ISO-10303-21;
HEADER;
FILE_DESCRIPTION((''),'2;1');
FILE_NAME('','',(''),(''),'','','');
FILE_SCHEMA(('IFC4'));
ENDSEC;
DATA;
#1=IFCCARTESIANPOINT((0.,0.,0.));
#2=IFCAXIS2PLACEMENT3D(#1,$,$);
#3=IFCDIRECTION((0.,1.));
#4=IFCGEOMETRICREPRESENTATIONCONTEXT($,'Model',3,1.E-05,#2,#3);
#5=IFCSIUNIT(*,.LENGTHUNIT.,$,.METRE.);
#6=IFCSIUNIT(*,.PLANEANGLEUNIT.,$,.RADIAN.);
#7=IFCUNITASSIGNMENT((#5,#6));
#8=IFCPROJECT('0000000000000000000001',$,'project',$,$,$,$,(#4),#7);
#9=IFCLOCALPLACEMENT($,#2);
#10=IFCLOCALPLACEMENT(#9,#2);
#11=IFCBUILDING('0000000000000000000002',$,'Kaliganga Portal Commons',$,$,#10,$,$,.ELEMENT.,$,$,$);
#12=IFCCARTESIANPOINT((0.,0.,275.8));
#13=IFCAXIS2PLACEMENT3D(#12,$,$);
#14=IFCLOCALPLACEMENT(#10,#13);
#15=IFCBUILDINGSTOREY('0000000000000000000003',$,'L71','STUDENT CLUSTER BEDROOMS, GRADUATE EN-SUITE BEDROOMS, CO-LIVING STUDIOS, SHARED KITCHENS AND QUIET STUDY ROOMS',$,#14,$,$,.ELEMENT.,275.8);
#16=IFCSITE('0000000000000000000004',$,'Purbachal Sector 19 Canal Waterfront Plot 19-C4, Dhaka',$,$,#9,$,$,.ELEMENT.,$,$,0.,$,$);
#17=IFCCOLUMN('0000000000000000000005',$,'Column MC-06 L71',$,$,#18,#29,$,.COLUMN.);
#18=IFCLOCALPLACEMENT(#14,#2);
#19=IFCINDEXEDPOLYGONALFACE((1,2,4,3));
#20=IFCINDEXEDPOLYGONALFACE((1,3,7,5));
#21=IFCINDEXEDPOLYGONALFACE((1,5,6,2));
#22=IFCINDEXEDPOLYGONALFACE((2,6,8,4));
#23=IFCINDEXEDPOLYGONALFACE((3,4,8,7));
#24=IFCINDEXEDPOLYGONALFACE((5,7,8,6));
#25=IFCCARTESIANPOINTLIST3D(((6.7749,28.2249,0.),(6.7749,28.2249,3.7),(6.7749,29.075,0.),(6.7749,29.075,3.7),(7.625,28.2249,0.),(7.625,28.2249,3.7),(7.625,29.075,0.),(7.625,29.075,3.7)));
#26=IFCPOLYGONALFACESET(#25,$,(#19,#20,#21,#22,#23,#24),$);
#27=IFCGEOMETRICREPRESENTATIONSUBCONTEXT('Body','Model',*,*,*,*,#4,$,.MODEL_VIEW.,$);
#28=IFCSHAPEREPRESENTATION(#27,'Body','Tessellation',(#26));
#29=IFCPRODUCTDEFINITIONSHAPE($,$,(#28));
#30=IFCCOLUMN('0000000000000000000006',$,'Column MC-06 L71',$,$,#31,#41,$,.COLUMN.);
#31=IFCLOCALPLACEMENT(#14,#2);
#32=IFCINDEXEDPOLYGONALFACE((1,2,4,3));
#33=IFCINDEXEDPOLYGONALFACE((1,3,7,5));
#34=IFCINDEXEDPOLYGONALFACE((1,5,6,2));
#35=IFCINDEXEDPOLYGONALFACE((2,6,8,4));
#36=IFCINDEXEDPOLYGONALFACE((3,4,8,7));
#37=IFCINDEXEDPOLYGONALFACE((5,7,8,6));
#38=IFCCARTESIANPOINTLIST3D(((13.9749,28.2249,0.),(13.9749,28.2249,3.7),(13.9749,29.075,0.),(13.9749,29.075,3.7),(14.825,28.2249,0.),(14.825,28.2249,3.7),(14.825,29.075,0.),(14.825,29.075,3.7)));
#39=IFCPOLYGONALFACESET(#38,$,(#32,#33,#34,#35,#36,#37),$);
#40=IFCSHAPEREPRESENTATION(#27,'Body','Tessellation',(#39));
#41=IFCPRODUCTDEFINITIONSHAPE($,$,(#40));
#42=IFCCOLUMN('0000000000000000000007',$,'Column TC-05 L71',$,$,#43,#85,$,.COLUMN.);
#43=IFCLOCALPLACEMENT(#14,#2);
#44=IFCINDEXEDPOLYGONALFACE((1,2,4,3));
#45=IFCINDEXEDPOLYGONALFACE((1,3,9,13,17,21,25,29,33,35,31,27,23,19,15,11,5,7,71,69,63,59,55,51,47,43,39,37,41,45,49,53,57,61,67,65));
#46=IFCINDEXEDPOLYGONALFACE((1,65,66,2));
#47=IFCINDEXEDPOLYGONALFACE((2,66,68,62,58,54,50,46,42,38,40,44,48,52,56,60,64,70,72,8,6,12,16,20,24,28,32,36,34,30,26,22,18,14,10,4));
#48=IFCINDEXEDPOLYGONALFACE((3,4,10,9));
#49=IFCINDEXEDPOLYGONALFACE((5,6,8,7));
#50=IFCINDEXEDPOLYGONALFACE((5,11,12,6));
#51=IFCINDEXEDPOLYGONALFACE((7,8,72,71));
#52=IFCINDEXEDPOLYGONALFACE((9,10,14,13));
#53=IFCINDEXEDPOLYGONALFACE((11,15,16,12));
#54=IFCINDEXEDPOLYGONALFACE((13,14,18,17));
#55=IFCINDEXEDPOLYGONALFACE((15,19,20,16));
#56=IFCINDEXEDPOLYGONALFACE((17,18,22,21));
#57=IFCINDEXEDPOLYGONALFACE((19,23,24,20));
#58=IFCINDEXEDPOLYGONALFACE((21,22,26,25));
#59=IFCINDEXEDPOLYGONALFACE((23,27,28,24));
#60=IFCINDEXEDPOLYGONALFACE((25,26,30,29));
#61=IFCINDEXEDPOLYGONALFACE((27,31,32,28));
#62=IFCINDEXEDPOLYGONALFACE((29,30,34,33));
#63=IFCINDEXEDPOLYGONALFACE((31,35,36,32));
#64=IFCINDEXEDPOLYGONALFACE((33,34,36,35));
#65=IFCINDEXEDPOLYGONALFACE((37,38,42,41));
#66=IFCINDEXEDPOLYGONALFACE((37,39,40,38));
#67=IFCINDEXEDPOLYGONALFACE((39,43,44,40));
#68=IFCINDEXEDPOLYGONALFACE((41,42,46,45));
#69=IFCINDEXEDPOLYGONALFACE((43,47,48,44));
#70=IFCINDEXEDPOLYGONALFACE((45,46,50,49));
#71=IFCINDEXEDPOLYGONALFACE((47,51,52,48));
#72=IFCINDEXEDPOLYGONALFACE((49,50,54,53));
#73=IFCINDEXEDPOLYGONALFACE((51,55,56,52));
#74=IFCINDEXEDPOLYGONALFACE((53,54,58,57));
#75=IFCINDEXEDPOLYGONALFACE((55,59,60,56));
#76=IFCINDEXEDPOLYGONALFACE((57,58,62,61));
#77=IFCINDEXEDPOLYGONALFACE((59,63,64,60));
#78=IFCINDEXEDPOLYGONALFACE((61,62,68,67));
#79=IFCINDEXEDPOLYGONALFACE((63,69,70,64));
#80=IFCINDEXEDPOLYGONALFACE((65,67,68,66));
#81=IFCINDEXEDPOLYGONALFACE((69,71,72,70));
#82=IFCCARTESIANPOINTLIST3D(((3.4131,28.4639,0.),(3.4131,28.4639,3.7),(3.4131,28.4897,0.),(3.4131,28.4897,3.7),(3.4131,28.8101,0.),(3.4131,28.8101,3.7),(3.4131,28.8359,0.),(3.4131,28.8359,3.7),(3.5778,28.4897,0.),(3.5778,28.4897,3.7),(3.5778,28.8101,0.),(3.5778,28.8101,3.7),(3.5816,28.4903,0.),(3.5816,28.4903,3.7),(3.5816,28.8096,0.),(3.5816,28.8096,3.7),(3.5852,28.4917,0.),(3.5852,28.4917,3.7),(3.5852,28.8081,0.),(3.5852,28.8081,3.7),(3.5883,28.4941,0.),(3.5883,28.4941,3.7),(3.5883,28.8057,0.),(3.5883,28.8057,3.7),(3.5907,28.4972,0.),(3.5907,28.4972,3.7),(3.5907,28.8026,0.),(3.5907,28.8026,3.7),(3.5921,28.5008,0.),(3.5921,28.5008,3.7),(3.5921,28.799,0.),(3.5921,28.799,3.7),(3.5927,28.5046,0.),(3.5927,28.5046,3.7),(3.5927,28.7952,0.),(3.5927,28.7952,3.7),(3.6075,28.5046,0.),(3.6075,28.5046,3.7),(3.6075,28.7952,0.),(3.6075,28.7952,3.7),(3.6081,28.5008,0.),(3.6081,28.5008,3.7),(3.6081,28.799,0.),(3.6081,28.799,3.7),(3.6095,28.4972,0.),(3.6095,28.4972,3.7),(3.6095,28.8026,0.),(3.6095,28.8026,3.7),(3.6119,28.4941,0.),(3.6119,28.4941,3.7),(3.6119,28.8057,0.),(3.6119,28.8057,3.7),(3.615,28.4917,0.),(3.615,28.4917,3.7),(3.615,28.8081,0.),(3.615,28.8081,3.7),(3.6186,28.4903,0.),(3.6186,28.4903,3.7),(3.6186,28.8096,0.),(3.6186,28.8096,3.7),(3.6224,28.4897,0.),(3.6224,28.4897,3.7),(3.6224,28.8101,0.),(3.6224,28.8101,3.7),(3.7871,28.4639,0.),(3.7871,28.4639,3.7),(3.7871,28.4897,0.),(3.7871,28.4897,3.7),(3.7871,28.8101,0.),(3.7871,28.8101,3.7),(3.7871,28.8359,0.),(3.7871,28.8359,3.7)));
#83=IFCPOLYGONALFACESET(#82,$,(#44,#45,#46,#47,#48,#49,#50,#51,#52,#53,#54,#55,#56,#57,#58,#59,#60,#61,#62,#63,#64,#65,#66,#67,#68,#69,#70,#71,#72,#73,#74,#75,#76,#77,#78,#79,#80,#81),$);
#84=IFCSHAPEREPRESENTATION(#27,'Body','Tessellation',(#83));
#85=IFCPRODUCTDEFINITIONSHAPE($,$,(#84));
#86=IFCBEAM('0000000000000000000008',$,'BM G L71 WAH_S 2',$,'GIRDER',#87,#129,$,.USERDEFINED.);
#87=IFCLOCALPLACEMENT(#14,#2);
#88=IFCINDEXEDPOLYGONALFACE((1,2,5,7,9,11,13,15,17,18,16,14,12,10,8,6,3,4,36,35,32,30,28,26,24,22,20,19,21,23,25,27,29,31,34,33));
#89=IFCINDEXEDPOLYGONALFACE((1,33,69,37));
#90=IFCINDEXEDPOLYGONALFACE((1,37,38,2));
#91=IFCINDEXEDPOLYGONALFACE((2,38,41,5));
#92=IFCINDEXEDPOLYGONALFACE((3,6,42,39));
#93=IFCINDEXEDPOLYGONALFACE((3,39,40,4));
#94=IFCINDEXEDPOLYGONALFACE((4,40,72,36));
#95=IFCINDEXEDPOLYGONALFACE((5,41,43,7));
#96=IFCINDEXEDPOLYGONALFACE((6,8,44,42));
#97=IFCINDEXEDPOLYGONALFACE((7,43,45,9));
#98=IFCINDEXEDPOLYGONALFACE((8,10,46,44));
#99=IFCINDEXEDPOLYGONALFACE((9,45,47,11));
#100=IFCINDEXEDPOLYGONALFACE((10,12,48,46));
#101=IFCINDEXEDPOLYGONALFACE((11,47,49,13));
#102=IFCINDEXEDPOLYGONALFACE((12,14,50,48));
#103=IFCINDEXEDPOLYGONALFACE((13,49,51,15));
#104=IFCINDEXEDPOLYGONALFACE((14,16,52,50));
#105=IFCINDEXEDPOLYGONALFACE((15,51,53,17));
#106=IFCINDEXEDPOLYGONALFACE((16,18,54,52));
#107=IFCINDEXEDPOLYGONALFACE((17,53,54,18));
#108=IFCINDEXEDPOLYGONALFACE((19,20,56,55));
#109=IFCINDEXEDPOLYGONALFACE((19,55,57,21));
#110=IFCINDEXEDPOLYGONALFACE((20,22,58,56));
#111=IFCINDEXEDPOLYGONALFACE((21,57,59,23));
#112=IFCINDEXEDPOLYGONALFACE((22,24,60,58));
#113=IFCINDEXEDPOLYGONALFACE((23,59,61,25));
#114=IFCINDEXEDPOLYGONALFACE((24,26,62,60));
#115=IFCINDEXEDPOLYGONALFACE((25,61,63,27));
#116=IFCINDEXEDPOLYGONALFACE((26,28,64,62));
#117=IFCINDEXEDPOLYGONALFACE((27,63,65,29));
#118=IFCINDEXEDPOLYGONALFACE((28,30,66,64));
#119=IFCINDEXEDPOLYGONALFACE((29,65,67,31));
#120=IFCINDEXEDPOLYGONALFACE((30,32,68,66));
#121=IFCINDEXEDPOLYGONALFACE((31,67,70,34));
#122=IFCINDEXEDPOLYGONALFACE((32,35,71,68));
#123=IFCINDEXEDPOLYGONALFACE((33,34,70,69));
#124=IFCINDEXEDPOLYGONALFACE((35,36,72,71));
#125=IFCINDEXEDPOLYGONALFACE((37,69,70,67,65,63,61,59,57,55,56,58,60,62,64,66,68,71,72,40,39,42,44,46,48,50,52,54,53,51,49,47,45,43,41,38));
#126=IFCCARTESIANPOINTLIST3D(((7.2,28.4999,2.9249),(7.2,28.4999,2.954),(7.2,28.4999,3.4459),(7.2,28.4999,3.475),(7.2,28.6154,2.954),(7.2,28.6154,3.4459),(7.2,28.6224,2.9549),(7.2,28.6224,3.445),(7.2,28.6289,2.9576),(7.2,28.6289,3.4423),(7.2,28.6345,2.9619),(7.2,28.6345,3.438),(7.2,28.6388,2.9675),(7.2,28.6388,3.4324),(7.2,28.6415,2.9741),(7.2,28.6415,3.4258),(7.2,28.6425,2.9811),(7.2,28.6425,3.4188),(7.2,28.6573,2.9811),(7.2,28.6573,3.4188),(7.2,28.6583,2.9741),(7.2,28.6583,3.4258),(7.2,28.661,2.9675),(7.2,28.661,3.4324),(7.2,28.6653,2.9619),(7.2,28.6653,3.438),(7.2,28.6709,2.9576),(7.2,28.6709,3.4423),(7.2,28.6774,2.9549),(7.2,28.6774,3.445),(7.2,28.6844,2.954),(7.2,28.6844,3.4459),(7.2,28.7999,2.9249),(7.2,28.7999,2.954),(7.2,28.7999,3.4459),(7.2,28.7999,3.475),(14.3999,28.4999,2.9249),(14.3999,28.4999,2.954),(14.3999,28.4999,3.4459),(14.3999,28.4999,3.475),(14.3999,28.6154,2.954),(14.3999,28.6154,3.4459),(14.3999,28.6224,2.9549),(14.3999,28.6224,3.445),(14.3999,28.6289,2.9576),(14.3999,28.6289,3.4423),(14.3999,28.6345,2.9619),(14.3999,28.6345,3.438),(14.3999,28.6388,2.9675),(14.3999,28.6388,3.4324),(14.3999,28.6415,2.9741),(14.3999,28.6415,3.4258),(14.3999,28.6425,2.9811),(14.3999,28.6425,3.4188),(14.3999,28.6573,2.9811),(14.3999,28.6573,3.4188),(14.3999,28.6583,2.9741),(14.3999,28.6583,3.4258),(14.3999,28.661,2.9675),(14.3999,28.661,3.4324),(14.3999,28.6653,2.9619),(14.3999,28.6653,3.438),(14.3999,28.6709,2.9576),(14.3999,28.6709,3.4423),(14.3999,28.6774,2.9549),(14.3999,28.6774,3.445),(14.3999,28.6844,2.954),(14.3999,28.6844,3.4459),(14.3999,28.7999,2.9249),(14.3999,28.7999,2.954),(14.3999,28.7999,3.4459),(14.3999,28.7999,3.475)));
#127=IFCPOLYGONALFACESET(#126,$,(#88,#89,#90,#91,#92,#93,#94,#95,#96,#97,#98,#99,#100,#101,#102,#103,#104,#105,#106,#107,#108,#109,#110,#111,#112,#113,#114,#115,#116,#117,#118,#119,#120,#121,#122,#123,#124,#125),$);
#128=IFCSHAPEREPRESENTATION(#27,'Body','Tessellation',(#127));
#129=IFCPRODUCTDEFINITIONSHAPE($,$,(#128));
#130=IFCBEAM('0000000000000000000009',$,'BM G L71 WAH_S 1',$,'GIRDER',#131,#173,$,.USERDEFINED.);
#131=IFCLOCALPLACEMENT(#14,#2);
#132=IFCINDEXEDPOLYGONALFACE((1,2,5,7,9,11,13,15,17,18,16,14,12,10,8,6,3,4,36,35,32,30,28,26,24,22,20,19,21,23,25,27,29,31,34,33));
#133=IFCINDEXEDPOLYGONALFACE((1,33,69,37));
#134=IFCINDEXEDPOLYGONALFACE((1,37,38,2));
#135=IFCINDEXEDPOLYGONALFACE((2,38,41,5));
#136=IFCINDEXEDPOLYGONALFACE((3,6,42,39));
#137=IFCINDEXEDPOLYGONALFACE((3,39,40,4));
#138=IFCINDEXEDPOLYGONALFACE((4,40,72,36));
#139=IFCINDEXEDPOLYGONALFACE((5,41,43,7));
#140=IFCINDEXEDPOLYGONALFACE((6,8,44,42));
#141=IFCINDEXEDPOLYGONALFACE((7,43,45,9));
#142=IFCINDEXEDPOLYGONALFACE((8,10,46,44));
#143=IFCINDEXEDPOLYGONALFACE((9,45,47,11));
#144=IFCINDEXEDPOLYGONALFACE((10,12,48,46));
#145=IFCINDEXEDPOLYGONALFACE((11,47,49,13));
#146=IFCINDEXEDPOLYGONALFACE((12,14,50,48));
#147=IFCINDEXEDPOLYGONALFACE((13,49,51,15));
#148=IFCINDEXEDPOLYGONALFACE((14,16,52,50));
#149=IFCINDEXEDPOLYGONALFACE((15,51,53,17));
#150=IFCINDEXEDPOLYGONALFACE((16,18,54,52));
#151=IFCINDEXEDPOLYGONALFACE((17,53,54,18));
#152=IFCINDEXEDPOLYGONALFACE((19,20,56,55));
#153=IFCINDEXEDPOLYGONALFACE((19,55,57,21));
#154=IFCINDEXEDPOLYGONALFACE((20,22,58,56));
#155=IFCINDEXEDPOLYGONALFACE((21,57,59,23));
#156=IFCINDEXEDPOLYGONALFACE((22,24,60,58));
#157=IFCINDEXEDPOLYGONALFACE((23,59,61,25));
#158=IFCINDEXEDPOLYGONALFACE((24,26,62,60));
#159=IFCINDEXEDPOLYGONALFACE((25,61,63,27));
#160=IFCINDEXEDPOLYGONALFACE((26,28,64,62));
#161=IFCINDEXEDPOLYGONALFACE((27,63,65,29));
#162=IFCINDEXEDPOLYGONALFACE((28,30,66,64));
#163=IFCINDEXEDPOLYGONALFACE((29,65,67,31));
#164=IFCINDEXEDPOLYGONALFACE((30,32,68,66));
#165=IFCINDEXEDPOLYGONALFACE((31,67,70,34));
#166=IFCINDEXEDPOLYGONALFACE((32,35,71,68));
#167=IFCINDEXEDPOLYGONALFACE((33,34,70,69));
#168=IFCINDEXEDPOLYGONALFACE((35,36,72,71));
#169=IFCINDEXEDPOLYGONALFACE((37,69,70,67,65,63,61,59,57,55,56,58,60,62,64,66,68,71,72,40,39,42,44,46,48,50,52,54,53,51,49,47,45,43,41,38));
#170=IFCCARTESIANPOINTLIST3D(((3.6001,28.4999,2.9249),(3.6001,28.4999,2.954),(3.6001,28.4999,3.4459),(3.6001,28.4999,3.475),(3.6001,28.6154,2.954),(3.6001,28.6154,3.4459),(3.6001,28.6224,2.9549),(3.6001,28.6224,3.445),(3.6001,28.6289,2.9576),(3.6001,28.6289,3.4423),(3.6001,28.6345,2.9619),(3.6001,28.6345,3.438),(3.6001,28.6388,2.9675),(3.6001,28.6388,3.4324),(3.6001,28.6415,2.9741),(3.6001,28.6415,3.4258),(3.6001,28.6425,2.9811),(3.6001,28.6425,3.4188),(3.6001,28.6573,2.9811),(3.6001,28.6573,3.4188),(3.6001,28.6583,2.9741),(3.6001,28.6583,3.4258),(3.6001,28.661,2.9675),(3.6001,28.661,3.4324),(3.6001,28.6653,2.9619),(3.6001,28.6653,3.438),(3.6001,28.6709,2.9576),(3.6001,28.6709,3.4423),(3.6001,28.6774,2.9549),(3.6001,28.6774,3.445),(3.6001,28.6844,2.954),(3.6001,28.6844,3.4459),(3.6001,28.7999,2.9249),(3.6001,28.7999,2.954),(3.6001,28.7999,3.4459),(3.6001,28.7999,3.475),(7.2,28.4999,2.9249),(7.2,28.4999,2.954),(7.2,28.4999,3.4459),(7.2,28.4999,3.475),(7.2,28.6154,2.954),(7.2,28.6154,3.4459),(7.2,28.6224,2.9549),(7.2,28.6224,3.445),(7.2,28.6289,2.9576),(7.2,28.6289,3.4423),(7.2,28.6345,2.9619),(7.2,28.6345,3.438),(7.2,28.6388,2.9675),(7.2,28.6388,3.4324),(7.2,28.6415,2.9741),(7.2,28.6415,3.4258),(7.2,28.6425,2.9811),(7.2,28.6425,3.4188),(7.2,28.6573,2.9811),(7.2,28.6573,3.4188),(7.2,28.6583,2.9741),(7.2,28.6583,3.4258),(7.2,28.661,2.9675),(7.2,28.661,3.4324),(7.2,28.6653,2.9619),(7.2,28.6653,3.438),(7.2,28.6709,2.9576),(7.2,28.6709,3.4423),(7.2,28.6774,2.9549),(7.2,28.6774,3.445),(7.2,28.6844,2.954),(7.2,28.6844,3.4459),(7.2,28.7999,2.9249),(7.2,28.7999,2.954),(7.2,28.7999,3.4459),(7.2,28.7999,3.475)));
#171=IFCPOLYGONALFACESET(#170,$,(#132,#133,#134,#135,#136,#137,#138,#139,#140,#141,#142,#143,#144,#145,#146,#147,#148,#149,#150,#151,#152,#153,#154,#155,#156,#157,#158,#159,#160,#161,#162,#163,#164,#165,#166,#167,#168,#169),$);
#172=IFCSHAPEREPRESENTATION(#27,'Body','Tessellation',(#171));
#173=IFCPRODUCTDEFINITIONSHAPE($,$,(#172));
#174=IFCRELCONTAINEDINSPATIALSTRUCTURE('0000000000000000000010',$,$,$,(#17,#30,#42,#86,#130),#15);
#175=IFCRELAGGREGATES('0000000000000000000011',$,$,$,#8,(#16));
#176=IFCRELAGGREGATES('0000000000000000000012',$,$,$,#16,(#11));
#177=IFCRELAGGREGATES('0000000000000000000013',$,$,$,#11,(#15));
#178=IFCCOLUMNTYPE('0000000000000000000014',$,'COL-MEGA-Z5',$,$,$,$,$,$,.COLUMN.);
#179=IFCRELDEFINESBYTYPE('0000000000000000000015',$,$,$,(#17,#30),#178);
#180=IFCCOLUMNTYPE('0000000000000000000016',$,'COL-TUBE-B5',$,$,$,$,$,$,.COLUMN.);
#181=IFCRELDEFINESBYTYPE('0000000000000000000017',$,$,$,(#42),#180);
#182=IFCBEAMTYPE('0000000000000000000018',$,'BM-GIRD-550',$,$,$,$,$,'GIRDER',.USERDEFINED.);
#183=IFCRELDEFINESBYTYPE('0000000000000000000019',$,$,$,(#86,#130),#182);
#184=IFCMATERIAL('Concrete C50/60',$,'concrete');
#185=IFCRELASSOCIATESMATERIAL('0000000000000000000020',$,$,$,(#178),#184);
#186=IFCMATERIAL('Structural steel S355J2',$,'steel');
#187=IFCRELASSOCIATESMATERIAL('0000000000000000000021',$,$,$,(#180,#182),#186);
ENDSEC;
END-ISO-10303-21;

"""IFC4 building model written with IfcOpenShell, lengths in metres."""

from ifc_helpers import new_model, si_unit, direction, frame, origin, origin_2d, place, context, subcontext, project, spatial, rectangle, i_section, extrude, source, transform, mapped, material, material_profile, profile_set, type_object, element, save


model = new_model("IFC4")

# Units and contexts
model_context = context("Model", 3, precision=1e-05, world=origin(), true_north=direction((0.0, 1.0)))
body_context = subcontext(model_context, "Body", "Model", "MODEL_VIEW")
ifc_project = project(units=[si_unit("LENGTHUNIT", "METRE"), si_unit("PLANEANGLEUNIT", "RADIAN")], contexts=[model_context])

# Site, building, storey
site_placement = place(None, origin())
site = spatial("IfcSite", under=ifc_project, at=site_placement, Name="Purbachal Sector 19 Canal Waterfront Plot 19-C4, Dhaka", CompositionType="ELEMENT", RefElevation=0.0)
building_placement = place(site_placement, origin())
building = spatial("IfcBuilding", under=site, at=building_placement, Name="Kaliganga Portal Commons", CompositionType="ELEMENT")
storey_placement = place(building_placement, frame((0.0, 0.0, 275.8)))
storey = spatial("IfcBuildingStorey", under=building, at=storey_placement, Name="L71", Description="STUDENT CLUSTER BEDROOMS, GRADUATE EN-SUITE BEDROOMS, CO-LIVING STUDIOS, SHARED KITCHENS AND QUIET STUDY ROOMS", CompositionType="ELEMENT", Elevation=275.8)

# Columns
ifc_material_1 = material(Name="Concrete C50/60", Category="concrete")
ifc_material_profile_1 = material_profile(ifc_material_1, rectangle(XDim=0.8501, YDim=0.8501, at=origin_2d()), Name="RC 850x850")
ifc_profile_set_1 = profile_set([ifc_material_profile_1], Name="Concrete C50/60")
column_type_1 = type_object("IfcColumnType", Name="COL-MEGA-Z5", PredefinedType="COLUMN", material=ifc_profile_set_1)
shared_shape_1 = source(origin(), body_context, "Body", "SweptSolid", [
    extrude(rectangle(XDim=0.8501, YDim=0.8501, at=origin_2d()), origin(), (0.0, 0.0, 1.0), 3.7),
])
for number, where, z_axis, x_axis, name in (
    (1, (7.2, 28.6499, 0.0), (0.0, 0.0, 1.0), (1.0, 0.0, 0.0), "Column MC-06 L71"),
    (2, (14.3999, 28.6499, 0.0), (0.0, 0.0, 1.0), (1.0, 0.0, 0.0), "Column MC-06 L71"),
):
    element("IfcColumn", number, at=place(storey_placement, frame(where, z_axis=z_axis, x_axis=x_axis)), inside=storey, type_object=column_type_1, Name=name, PredefinedType="COLUMN", context=body_context, shape_type="MappedRepresentation", body=[
        mapped(shared_shape_1, transform((0.0, 0.0, 0.0), x_axis=(1.0, 0.0, 0.0), y_axis=(0.0, 1.0, 0.0), z_axis=(0.0, 0.0, 1.0), scale=1.0)),
    ])
ifc_material_2 = material(Name="Structural steel S355J2", Category="steel")
ifc_material_profile_2 = material_profile(ifc_material_2, i_section(OverallWidth=0.374, OverallDepth=0.3721, WebThickness=0.0149, FlangeThickness=0.0259, FilletRadius=0.0149, at=origin_2d()), Name="HD 360x196")
ifc_profile_set_2 = profile_set([ifc_material_profile_2], Name="Structural steel S355J2 wide-flange")
column_type_2 = type_object("IfcColumnType", Name="COL-TUBE-B5", PredefinedType="COLUMN", material=ifc_profile_set_2)
shared_shape_2 = source(origin(), body_context, "Body", "SweptSolid", [
    extrude(i_section(OverallWidth=0.374, OverallDepth=0.3721, WebThickness=0.0149, FlangeThickness=0.0259, FilletRadius=0.0149, at=origin_2d()), origin(), (0.0, 0.0, 1.0), 3.7),
])
column_placement = place(storey_placement, frame((3.6001, 28.6499, 0.0), z_axis=(0.0, 0.0, 1.0), x_axis=(1.0, 0.0, 0.0)))
element("IfcColumn", 3, at=column_placement, inside=storey, type_object=column_type_2, Name="Column TC-05 L71", PredefinedType="COLUMN", context=body_context, shape_type="MappedRepresentation", body=[
    mapped(shared_shape_2, transform((0.0, 0.0, 0.0), x_axis=(1.0, 0.0, 0.0), y_axis=(0.0, 1.0, 0.0), z_axis=(0.0, 0.0, 1.0), scale=1.0)),
])

# Beams
ifc_material_profile_3 = material_profile(ifc_material_2, i_section(OverallWidth=0.3, OverallDepth=0.55, WebThickness=0.0149, FlangeThickness=0.0291, FilletRadius=0.0271, at=origin_2d()), Name="HE 550 B")
ifc_profile_set_3 = profile_set([ifc_material_profile_3], Name="Structural steel S355J2 wide-flange")
beam_type_1 = type_object("IfcBeamType", Name="BM-GIRD-550", ElementType="GIRDER", PredefinedType="USERDEFINED", material=ifc_profile_set_3)
shared_shape_3 = source(origin(), body_context, "Body", "SweptSolid", [
    extrude(i_section(OverallWidth=0.3, OverallDepth=0.55, WebThickness=0.0149, FlangeThickness=0.0291, FilletRadius=0.0271, at=origin_2d()), origin(), (0.0, 0.0, 1.0), 7.2),
])
beam_1_placement = place(storey_placement, frame((7.2, 28.6499, 3.2), z_axis=(1.0, 0.0, 0.0), x_axis=(0.0, 1.0, 0.0)))
element("IfcBeam", 4, at=beam_1_placement, inside=storey, type_object=beam_type_1, Name="BM G L71 WAH_S 2", ObjectType="GIRDER", PredefinedType="USERDEFINED", context=body_context, shape_type="MappedRepresentation", body=[
    mapped(shared_shape_3, transform((0.0, 0.0, 0.0), x_axis=(1.0, 0.0, 0.0), y_axis=(0.0, 1.0, 0.0), z_axis=(0.0, 0.0, 1.0), scale=1.0)),
])
shared_shape_4 = source(origin(), body_context, "Body", "SweptSolid", [
    extrude(i_section(OverallWidth=0.3, OverallDepth=0.55, WebThickness=0.0149, FlangeThickness=0.0291, FilletRadius=0.0271, at=origin_2d()), origin(), (0.0, 0.0, 1.0), 3.5999),
])
beam_2_placement = place(storey_placement, frame((3.6001, 28.6499, 3.2), z_axis=(1.0, 0.0, 0.0), x_axis=(0.0, 1.0, 0.0)))
element("IfcBeam", 5, at=beam_2_placement, inside=storey, type_object=beam_type_1, Name="BM G L71 WAH_S 1", ObjectType="GIRDER", PredefinedType="USERDEFINED", context=body_context, shape_type="MappedRepresentation", body=[
    mapped(shared_shape_4, transform((0.0, 0.0, 0.0), x_axis=(1.0, 0.0, 0.0), y_axis=(0.0, 1.0, 0.0), z_axis=(0.0, 0.0, 1.0), scale=1.0)),
])

save(model, "model.ifc")
